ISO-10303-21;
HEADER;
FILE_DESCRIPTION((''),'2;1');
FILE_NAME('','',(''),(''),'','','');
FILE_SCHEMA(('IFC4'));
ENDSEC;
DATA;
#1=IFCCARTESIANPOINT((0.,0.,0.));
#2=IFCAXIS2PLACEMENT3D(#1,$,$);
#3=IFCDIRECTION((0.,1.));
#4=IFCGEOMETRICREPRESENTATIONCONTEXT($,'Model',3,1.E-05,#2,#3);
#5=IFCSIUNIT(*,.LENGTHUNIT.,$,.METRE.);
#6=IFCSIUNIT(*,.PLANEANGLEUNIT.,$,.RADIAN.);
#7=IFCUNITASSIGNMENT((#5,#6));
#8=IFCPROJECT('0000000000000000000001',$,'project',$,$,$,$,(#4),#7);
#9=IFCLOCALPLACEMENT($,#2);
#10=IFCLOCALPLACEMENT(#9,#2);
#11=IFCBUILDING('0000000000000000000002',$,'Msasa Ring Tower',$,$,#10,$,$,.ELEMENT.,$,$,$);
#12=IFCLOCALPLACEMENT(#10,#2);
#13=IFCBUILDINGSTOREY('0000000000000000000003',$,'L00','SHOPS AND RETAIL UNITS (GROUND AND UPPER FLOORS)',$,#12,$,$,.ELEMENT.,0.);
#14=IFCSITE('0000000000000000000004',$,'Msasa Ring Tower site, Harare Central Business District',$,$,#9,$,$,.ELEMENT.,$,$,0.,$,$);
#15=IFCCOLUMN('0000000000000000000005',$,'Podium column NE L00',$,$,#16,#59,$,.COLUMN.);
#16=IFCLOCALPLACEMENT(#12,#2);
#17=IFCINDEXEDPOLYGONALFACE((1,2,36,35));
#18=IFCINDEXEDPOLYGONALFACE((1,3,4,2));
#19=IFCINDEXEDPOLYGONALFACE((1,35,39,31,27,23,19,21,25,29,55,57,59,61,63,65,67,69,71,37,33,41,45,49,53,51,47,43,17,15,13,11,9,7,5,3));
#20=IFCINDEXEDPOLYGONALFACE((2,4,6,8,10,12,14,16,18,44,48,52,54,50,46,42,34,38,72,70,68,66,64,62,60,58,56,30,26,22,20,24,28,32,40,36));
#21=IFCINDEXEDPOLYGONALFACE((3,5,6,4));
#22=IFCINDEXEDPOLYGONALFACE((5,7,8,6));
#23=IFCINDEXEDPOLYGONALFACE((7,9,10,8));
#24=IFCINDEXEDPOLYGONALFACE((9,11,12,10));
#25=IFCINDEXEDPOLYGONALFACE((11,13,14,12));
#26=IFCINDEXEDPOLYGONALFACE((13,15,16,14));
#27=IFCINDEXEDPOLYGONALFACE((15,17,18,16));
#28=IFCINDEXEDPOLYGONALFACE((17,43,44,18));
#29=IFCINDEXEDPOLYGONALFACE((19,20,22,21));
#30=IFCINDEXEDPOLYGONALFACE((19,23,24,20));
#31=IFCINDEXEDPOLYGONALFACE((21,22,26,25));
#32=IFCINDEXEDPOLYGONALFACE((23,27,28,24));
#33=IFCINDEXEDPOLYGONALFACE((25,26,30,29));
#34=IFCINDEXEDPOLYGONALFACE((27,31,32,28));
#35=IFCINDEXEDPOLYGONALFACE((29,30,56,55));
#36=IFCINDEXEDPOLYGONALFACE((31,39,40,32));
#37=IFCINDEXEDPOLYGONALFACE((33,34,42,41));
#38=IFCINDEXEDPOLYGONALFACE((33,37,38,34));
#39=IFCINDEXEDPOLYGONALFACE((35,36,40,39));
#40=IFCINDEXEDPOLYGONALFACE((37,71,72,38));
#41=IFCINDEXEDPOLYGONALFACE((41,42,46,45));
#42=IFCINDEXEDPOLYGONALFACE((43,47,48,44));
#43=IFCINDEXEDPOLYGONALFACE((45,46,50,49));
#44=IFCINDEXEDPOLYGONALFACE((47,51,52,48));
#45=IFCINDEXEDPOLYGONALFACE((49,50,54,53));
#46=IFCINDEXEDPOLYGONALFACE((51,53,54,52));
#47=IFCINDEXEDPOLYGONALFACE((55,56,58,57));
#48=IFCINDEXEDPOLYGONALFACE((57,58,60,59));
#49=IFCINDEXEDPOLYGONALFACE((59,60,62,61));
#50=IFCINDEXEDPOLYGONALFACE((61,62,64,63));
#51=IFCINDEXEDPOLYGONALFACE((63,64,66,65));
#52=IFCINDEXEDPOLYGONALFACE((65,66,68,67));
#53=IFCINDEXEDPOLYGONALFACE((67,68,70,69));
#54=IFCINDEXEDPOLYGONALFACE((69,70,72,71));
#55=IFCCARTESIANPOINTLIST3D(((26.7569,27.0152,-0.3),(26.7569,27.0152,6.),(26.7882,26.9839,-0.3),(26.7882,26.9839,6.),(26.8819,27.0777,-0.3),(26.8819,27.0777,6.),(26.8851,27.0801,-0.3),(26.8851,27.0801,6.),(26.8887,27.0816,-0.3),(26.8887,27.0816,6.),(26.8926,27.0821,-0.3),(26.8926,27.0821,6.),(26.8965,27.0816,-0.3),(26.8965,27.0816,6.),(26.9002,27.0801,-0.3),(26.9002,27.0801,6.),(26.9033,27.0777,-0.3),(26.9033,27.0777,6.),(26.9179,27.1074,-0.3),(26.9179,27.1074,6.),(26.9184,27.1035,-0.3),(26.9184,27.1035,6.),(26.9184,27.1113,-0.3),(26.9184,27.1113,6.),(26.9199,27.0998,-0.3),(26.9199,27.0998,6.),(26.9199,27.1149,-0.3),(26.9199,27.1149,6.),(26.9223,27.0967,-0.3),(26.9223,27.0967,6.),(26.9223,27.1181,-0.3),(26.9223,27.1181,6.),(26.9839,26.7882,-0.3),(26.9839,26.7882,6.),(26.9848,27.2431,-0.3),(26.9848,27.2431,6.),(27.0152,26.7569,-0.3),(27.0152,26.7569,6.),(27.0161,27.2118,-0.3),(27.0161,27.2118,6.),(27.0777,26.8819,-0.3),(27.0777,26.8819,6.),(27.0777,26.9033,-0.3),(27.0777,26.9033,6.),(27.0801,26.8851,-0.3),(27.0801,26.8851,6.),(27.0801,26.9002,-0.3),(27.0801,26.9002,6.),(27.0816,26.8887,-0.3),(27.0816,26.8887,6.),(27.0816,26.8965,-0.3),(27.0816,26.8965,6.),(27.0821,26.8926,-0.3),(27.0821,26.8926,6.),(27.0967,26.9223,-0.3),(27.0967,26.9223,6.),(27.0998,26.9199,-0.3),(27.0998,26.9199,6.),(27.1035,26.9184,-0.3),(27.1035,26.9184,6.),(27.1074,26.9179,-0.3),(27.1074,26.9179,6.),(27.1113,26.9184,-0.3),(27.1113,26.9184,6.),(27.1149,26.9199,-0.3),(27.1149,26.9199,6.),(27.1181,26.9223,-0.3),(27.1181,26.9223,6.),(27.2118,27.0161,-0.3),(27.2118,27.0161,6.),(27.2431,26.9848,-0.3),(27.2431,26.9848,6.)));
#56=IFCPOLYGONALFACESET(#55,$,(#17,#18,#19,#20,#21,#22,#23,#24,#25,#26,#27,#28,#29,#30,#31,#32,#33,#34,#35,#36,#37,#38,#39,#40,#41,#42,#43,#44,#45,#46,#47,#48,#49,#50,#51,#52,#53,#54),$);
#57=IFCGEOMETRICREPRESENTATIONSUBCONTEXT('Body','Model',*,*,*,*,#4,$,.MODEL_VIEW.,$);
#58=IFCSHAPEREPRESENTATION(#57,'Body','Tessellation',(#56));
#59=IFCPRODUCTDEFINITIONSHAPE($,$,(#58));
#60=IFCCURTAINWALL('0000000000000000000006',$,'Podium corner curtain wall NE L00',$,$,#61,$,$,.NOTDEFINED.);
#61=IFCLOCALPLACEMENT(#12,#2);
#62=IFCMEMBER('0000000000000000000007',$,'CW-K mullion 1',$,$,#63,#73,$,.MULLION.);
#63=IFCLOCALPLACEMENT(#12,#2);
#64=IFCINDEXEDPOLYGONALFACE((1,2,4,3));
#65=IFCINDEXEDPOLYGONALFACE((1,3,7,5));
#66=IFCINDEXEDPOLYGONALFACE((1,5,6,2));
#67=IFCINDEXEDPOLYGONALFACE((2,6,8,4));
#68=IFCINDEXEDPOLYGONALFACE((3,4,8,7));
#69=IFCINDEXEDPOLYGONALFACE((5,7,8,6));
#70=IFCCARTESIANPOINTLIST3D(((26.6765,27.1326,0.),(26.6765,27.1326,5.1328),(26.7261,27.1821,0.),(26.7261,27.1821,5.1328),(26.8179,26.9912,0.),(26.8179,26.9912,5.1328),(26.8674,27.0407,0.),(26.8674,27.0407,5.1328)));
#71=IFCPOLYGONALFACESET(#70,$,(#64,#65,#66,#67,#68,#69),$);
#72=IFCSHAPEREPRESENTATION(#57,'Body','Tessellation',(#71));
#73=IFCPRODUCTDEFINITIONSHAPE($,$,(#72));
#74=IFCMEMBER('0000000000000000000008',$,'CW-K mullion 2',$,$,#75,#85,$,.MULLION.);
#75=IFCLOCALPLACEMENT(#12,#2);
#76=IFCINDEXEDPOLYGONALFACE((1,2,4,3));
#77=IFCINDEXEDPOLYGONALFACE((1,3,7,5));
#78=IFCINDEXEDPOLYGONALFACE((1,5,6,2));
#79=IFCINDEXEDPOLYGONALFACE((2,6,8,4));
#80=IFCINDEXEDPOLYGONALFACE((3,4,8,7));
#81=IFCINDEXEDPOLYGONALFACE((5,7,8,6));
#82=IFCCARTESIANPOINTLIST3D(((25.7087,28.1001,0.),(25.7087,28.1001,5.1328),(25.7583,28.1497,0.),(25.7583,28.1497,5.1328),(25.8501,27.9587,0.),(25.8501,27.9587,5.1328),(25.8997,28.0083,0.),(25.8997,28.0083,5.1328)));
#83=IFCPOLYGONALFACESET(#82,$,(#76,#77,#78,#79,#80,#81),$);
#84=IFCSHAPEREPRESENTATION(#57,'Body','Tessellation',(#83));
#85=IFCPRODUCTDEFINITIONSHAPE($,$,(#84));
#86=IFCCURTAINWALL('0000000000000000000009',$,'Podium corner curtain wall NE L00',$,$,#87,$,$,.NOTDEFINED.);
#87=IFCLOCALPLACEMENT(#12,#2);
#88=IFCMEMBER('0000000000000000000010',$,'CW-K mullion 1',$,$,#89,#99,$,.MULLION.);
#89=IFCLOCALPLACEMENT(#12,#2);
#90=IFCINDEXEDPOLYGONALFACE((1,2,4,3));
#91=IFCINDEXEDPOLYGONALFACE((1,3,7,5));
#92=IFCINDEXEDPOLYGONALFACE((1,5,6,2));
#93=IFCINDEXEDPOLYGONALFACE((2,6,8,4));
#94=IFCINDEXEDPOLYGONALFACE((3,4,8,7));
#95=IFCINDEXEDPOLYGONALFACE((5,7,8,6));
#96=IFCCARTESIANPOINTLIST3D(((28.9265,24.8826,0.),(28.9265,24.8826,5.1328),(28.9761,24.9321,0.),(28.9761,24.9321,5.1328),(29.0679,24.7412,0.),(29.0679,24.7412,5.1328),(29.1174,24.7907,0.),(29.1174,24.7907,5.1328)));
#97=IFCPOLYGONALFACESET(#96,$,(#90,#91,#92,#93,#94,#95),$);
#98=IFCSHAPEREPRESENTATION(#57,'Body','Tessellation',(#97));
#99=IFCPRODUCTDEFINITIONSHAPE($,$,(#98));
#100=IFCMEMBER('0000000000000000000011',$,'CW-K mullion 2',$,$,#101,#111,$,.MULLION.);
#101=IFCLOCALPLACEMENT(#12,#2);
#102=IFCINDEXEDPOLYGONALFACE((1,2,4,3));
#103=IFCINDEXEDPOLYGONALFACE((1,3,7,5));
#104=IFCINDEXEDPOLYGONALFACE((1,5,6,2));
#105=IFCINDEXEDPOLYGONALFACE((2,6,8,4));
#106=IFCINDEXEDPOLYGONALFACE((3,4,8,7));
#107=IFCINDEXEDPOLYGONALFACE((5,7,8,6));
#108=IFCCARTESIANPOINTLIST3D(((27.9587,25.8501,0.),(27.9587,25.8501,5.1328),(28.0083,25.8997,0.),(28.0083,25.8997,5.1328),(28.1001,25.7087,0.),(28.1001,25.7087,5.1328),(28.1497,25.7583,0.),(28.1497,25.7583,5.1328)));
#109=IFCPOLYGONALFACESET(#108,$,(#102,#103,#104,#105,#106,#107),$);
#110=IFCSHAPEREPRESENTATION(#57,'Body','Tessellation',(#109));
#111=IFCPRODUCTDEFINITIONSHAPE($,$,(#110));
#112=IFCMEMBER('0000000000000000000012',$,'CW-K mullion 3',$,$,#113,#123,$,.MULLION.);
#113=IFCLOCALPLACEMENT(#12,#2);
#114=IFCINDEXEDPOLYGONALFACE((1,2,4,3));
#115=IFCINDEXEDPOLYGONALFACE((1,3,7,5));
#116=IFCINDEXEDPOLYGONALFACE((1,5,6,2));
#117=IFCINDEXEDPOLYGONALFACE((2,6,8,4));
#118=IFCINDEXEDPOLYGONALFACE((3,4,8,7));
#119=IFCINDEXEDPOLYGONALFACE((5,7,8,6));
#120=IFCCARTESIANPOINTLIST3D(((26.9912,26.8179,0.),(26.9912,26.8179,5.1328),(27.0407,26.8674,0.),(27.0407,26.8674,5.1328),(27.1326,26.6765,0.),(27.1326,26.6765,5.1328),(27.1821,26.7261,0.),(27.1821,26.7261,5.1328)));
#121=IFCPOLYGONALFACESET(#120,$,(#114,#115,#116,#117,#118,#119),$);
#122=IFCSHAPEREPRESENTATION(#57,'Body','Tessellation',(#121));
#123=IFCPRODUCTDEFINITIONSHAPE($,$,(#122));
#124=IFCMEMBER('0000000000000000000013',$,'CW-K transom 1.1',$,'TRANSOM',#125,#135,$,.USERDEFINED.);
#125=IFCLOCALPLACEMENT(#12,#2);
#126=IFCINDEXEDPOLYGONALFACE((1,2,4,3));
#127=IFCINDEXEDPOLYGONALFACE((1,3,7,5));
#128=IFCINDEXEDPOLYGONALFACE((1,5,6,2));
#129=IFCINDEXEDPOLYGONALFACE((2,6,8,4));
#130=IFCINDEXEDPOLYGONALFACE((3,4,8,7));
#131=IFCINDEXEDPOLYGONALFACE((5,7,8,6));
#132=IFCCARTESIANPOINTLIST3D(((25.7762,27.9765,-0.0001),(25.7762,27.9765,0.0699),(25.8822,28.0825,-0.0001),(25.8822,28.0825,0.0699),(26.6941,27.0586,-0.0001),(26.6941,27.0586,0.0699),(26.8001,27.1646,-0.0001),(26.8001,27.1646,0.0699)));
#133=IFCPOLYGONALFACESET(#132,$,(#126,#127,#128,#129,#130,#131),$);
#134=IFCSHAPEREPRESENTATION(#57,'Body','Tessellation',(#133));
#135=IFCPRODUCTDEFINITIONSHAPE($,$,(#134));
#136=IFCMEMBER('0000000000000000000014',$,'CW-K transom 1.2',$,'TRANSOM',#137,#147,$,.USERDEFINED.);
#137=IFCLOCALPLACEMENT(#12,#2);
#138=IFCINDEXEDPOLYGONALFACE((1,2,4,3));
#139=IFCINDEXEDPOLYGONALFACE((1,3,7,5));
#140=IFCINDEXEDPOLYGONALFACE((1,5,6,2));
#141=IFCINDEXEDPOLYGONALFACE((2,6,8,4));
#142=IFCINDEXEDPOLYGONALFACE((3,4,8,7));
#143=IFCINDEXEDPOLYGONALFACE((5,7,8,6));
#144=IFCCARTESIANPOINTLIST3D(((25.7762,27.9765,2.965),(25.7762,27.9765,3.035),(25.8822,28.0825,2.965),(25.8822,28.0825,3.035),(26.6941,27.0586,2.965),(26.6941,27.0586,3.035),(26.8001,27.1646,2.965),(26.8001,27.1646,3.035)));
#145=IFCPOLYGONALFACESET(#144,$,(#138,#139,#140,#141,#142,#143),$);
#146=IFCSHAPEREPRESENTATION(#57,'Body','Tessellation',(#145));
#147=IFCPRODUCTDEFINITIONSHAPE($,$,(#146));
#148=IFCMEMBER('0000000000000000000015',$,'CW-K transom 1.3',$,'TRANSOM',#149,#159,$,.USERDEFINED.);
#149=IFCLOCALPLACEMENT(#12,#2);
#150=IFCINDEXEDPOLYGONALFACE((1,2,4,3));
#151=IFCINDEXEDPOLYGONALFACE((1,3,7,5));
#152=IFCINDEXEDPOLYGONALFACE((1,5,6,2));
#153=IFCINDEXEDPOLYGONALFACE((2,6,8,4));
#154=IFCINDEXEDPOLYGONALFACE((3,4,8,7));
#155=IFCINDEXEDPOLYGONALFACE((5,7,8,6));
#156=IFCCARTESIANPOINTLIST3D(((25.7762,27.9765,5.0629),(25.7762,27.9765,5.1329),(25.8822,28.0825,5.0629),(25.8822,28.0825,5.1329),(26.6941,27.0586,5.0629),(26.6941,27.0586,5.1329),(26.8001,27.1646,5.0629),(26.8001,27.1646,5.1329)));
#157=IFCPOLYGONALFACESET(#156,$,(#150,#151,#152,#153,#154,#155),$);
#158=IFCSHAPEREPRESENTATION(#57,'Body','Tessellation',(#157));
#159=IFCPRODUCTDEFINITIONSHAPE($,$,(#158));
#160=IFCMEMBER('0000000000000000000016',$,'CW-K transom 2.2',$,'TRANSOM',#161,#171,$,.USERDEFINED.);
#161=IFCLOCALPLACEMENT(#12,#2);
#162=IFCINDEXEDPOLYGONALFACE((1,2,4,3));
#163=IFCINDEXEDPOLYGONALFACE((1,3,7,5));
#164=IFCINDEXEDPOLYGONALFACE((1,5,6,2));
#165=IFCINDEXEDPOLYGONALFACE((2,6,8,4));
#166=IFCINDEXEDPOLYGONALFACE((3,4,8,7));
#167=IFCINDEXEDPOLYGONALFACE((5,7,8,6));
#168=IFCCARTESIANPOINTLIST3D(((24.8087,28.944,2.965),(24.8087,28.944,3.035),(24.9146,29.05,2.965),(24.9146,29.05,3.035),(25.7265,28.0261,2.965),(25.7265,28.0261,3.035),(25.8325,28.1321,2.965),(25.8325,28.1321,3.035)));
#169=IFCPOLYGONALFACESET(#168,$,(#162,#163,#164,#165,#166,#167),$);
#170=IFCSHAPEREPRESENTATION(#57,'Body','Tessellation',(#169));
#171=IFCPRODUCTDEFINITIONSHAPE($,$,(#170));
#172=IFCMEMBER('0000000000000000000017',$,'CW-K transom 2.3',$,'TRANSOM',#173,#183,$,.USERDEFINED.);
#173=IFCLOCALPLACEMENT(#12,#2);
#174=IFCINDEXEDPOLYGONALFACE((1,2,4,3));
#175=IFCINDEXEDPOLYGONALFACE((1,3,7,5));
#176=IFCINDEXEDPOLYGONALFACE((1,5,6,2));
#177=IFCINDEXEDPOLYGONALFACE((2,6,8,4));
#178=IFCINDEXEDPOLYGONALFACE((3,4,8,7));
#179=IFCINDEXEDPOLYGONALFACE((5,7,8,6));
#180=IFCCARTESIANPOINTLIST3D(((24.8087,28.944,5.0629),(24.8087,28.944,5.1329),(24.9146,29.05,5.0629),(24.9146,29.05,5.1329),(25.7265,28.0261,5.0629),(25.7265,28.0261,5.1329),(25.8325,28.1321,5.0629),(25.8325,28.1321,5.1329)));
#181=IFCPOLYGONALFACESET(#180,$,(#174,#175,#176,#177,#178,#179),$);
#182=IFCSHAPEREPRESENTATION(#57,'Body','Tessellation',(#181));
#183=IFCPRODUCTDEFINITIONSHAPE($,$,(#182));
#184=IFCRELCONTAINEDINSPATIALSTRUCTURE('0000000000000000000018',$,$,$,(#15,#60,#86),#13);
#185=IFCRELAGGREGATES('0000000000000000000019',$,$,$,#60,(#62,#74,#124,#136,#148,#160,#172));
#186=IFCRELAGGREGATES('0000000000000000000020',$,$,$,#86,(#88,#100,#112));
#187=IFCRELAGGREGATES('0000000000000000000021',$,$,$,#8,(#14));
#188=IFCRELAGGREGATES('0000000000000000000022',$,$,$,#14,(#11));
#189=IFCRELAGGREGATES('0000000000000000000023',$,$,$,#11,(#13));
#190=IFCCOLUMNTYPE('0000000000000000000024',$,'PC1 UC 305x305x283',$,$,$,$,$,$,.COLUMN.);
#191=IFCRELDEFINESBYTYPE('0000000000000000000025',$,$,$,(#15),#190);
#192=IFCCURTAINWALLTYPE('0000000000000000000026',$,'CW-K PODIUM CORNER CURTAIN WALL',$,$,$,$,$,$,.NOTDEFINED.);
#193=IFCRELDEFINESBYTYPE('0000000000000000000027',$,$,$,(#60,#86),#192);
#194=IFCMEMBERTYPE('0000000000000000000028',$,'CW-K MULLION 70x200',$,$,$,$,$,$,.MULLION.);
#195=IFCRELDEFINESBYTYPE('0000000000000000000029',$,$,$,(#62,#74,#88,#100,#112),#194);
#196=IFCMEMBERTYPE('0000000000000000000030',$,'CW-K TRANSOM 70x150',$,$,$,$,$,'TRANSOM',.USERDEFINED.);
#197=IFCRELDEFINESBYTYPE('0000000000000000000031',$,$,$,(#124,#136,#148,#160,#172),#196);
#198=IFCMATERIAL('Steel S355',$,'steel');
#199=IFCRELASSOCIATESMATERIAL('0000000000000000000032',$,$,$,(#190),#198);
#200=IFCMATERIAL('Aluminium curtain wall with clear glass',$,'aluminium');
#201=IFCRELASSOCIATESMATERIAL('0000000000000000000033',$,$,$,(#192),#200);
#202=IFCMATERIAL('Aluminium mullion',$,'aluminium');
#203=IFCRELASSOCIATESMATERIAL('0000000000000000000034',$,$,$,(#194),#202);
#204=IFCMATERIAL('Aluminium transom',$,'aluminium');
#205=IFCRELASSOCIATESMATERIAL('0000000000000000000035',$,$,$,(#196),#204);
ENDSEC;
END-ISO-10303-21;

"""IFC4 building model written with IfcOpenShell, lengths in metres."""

from ifc_helpers import new_model, si_unit, direction, frame, origin, origin_2d, place, context, subcontext, project, spatial, rectangle, i_section, extrude, material, material_profile, profile_set, type_object, element, aggregate, save


model = new_model("IFC4")

# Units and contexts
model_context = context("Model", 3, precision=1e-05, world=origin(), true_north=direction((0.0, 1.0)))
body_context = subcontext(model_context, "Body", "Model", "MODEL_VIEW")
ifc_project = project(units=[si_unit("LENGTHUNIT", "METRE"), si_unit("PLANEANGLEUNIT", "RADIAN")], contexts=[model_context])

# Site, building, storey
site_placement = place(None, origin())
site = spatial("IfcSite", under=ifc_project, at=site_placement, Name="Msasa Ring Tower site, Harare Central Business District", CompositionType="ELEMENT", RefElevation=0.0)
building_placement = place(site_placement, origin())
building = spatial("IfcBuilding", under=site, at=building_placement, Name="Msasa Ring Tower", CompositionType="ELEMENT")
storey_placement = place(building_placement, origin())
storey = spatial("IfcBuildingStorey", under=building, at=storey_placement, Name="L00", Description="SHOPS AND RETAIL UNITS (GROUND AND UPPER FLOORS)", CompositionType="ELEMENT", Elevation=0.0)

# Column
ifc_material_1 = material(Name="Steel S355", Category="steel")
ifc_material_profile_1 = material_profile(ifc_material_1, i_section(OverallWidth=0.3223, OverallDepth=0.3652, WebThickness=0.0269, FlangeThickness=0.0442, FilletRadius=0.0151, at=origin_2d()), Name="UC 305x305x283")
ifc_profile_set_1 = profile_set([ifc_material_profile_1], Name="Steel S355")
column_type = type_object("IfcColumnType", Name="PC1 UC 305x305x283", PredefinedType="COLUMN", material=ifc_profile_set_1)
for number, where, z_axis, x_axis, name in (
    (1, (27.0, 27.0, -0.3), (0.0, 0.0, 1.0), (0.707107, 0.707107, 0.0), "Podium column NE L00"),
):
    element("IfcColumn", number, at=place(storey_placement, frame(where, z_axis=z_axis, x_axis=x_axis)), inside=storey, type_object=column_type, Name=name, PredefinedType="COLUMN", context=body_context, shape_type="SweptSolid", body=[
        extrude(i_section(OverallWidth=0.3223, OverallDepth=0.3652, WebThickness=0.0269, FlangeThickness=0.0442, FilletRadius=0.0151, at=origin_2d()), origin(), (0.0, 0.0, 1.0), 6.3),
    ])

# Curtain walls, members
ifc_material_2 = material(Name="Aluminium curtain wall with clear glass", Category="aluminium")
curtain_wall_type = type_object("IfcCurtainWallType", Name="CW-K PODIUM CORNER CURTAIN WALL", PredefinedType="NOTDEFINED", material=ifc_material_2)
curtain_wall_1_placement = place(storey_placement, origin())
curtain_wall_1 = element("IfcCurtainWall", 2, at=curtain_wall_1_placement, inside=storey, type_object=curtain_wall_type, Name="Podium corner curtain wall NE L00", PredefinedType="NOTDEFINED")
ifc_material_3 = material(Name="Aluminium mullion", Category="aluminium")
ifc_material_profile_2 = material_profile(ifc_material_3, rectangle(XDim=0.0701, YDim=0.2, at=origin_2d()), Name="AL 70x200")
ifc_profile_set_2 = profile_set([ifc_material_profile_2], Name="Aluminium mullion")
member_type_1 = type_object("IfcMemberType", Name="CW-K MULLION 70x200", PredefinedType="MULLION", material=ifc_profile_set_2)
member_1_placement = place(storey_placement, frame((26.772, 27.0867, 0.0), z_axis=(0.0, 0.0, 1.0), x_axis=(-0.707107, -0.707107, 0.0)))
member_1 = element("IfcMember", 3, at=member_1_placement, type_object=member_type_1, Name="CW-K mullion 1", PredefinedType="MULLION", context=body_context, shape_type="SweptSolid", body=[
    extrude(rectangle(XDim=0.0701, YDim=0.2, at=origin_2d()), origin(), (0.0, 0.0, 1.0), 5.1328),
])
member_2_placement = place(storey_placement, frame((25.8042, 28.0542, 0.0), z_axis=(0.0, 0.0, 1.0), x_axis=(-0.707107, -0.707107, 0.0)))
member_2 = element("IfcMember", 4, at=member_2_placement, type_object=member_type_1, Name="CW-K mullion 2", PredefinedType="MULLION", context=body_context, shape_type="SweptSolid", body=[
    extrude(rectangle(XDim=0.0701, YDim=0.2, at=origin_2d()), origin(), (0.0, 0.0, 1.0), 5.1328),
])
curtain_wall_2_placement = place(storey_placement, origin())
curtain_wall_2 = element("IfcCurtainWall", 5, at=curtain_wall_2_placement, inside=storey, type_object=curtain_wall_type, Name="Podium corner curtain wall NE L00", PredefinedType="NOTDEFINED")
member_3_placement = place(storey_placement, frame((29.022, 24.8367, 0.0), z_axis=(0.0, 0.0, 1.0), x_axis=(-0.707107, -0.707107, 0.0)))
member_3 = element("IfcMember", 6, at=member_3_placement, type_object=member_type_1, Name="CW-K mullion 1", PredefinedType="MULLION", context=body_context, shape_type="SweptSolid", body=[
    extrude(rectangle(XDim=0.0701, YDim=0.2, at=origin_2d()), origin(), (0.0, 0.0, 1.0), 5.1328),
])
member_4_placement = place(storey_placement, frame((28.0542, 25.8042, 0.0), z_axis=(0.0, 0.0, 1.0), x_axis=(-0.707107, -0.707107, 0.0)))
member_4 = element("IfcMember", 7, at=member_4_placement, type_object=member_type_1, Name="CW-K mullion 2", PredefinedType="MULLION", context=body_context, shape_type="SweptSolid", body=[
    extrude(rectangle(XDim=0.0701, YDim=0.2, at=origin_2d()), origin(), (0.0, 0.0, 1.0), 5.1328),
])
member_5_placement = place(storey_placement, frame((27.0867, 26.772, 0.0), z_axis=(0.0, 0.0, 1.0), x_axis=(-0.707107, -0.707107, 0.0)))
member_5 = element("IfcMember", 8, at=member_5_placement, type_object=member_type_1, Name="CW-K mullion 3", PredefinedType="MULLION", context=body_context, shape_type="SweptSolid", body=[
    extrude(rectangle(XDim=0.0701, YDim=0.2, at=origin_2d()), origin(), (0.0, 0.0, 1.0), 5.1328),
])

# Members
ifc_material_4 = material(Name="Aluminium transom", Category="aluminium")
ifc_material_profile_3 = material_profile(ifc_material_4, rectangle(XDim=0.1499, YDim=0.0701, at=origin_2d()), Name="AL 70x150")
ifc_profile_set_3 = profile_set([ifc_material_profile_3], Name="Aluminium transom")
member_type_2 = type_object("IfcMemberType", Name="CW-K TRANSOM 70x150", ElementType="TRANSOM", PredefinedType="USERDEFINED", material=ifc_profile_set_3)
member_6_placement = place(storey_placement, frame((26.7471, 27.1116, 0.0349), z_axis=(-0.707107, 0.707107, 0.0), x_axis=(-0.707107, -0.707107, 0.0)))
member_6 = element("IfcMember", 9, at=member_6_placement, type_object=member_type_2, Name="CW-K transom 1.1", ObjectType="TRANSOM", PredefinedType="USERDEFINED", context=body_context, shape_type="SweptSolid", body=[
    extrude(rectangle(XDim=0.1499, YDim=0.0701, at=origin_2d()), origin(), (0.0, 0.0, 1.0), 1.2981),
])
member_7_placement = place(storey_placement, frame((26.7471, 27.1116, 3.0), z_axis=(-0.707107, 0.707107, 0.0), x_axis=(-0.707107, -0.707107, 0.0)))
member_7 = element("IfcMember", 10, at=member_7_placement, type_object=member_type_2, Name="CW-K transom 1.2", ObjectType="TRANSOM", PredefinedType="USERDEFINED", context=body_context, shape_type="SweptSolid", body=[
    extrude(rectangle(XDim=0.1499, YDim=0.0701, at=origin_2d()), origin(), (0.0, 0.0, 1.0), 1.2981),
])
member_8_placement = place(storey_placement, frame((26.7471, 27.1116, 5.0979), z_axis=(-0.707107, 0.707107, 0.0), x_axis=(-0.707107, -0.707107, 0.0)))
member_8 = element("IfcMember", 11, at=member_8_placement, type_object=member_type_2, Name="CW-K transom 1.3", ObjectType="TRANSOM", PredefinedType="USERDEFINED", context=body_context, shape_type="SweptSolid", body=[
    extrude(rectangle(XDim=0.1499, YDim=0.0701, at=origin_2d()), origin(), (0.0, 0.0, 1.0), 1.2981),
])
member_9_placement = place(storey_placement, frame((25.7795, 28.0791, 3.0), z_axis=(-0.707107, 0.707107, 0.0), x_axis=(-0.707107, -0.707107, 0.0)))
member_9 = element("IfcMember", 12, at=member_9_placement, type_object=member_type_2, Name="CW-K transom 2.2", ObjectType="TRANSOM", PredefinedType="USERDEFINED", context=body_context, shape_type="SweptSolid", body=[
    extrude(rectangle(XDim=0.1499, YDim=0.0701, at=origin_2d()), origin(), (0.0, 0.0, 1.0), 1.2981),
])
member_10_placement = place(storey_placement, frame((25.7795, 28.0791, 5.0979), z_axis=(-0.707107, 0.707107, 0.0), x_axis=(-0.707107, -0.707107, 0.0)))
member_10 = element("IfcMember", 13, at=member_10_placement, type_object=member_type_2, Name="CW-K transom 2.3", ObjectType="TRANSOM", PredefinedType="USERDEFINED", context=body_context, shape_type="SweptSolid", body=[
    extrude(rectangle(XDim=0.1499, YDim=0.0701, at=origin_2d()), origin(), (0.0, 0.0, 1.0), 1.2981),
])

aggregate(curtain_wall_1, [member_1, member_2, member_6, member_7, member_8, member_9, member_10])
aggregate(curtain_wall_2, [member_3, member_4, member_5])

save(model, "model.ifc")
